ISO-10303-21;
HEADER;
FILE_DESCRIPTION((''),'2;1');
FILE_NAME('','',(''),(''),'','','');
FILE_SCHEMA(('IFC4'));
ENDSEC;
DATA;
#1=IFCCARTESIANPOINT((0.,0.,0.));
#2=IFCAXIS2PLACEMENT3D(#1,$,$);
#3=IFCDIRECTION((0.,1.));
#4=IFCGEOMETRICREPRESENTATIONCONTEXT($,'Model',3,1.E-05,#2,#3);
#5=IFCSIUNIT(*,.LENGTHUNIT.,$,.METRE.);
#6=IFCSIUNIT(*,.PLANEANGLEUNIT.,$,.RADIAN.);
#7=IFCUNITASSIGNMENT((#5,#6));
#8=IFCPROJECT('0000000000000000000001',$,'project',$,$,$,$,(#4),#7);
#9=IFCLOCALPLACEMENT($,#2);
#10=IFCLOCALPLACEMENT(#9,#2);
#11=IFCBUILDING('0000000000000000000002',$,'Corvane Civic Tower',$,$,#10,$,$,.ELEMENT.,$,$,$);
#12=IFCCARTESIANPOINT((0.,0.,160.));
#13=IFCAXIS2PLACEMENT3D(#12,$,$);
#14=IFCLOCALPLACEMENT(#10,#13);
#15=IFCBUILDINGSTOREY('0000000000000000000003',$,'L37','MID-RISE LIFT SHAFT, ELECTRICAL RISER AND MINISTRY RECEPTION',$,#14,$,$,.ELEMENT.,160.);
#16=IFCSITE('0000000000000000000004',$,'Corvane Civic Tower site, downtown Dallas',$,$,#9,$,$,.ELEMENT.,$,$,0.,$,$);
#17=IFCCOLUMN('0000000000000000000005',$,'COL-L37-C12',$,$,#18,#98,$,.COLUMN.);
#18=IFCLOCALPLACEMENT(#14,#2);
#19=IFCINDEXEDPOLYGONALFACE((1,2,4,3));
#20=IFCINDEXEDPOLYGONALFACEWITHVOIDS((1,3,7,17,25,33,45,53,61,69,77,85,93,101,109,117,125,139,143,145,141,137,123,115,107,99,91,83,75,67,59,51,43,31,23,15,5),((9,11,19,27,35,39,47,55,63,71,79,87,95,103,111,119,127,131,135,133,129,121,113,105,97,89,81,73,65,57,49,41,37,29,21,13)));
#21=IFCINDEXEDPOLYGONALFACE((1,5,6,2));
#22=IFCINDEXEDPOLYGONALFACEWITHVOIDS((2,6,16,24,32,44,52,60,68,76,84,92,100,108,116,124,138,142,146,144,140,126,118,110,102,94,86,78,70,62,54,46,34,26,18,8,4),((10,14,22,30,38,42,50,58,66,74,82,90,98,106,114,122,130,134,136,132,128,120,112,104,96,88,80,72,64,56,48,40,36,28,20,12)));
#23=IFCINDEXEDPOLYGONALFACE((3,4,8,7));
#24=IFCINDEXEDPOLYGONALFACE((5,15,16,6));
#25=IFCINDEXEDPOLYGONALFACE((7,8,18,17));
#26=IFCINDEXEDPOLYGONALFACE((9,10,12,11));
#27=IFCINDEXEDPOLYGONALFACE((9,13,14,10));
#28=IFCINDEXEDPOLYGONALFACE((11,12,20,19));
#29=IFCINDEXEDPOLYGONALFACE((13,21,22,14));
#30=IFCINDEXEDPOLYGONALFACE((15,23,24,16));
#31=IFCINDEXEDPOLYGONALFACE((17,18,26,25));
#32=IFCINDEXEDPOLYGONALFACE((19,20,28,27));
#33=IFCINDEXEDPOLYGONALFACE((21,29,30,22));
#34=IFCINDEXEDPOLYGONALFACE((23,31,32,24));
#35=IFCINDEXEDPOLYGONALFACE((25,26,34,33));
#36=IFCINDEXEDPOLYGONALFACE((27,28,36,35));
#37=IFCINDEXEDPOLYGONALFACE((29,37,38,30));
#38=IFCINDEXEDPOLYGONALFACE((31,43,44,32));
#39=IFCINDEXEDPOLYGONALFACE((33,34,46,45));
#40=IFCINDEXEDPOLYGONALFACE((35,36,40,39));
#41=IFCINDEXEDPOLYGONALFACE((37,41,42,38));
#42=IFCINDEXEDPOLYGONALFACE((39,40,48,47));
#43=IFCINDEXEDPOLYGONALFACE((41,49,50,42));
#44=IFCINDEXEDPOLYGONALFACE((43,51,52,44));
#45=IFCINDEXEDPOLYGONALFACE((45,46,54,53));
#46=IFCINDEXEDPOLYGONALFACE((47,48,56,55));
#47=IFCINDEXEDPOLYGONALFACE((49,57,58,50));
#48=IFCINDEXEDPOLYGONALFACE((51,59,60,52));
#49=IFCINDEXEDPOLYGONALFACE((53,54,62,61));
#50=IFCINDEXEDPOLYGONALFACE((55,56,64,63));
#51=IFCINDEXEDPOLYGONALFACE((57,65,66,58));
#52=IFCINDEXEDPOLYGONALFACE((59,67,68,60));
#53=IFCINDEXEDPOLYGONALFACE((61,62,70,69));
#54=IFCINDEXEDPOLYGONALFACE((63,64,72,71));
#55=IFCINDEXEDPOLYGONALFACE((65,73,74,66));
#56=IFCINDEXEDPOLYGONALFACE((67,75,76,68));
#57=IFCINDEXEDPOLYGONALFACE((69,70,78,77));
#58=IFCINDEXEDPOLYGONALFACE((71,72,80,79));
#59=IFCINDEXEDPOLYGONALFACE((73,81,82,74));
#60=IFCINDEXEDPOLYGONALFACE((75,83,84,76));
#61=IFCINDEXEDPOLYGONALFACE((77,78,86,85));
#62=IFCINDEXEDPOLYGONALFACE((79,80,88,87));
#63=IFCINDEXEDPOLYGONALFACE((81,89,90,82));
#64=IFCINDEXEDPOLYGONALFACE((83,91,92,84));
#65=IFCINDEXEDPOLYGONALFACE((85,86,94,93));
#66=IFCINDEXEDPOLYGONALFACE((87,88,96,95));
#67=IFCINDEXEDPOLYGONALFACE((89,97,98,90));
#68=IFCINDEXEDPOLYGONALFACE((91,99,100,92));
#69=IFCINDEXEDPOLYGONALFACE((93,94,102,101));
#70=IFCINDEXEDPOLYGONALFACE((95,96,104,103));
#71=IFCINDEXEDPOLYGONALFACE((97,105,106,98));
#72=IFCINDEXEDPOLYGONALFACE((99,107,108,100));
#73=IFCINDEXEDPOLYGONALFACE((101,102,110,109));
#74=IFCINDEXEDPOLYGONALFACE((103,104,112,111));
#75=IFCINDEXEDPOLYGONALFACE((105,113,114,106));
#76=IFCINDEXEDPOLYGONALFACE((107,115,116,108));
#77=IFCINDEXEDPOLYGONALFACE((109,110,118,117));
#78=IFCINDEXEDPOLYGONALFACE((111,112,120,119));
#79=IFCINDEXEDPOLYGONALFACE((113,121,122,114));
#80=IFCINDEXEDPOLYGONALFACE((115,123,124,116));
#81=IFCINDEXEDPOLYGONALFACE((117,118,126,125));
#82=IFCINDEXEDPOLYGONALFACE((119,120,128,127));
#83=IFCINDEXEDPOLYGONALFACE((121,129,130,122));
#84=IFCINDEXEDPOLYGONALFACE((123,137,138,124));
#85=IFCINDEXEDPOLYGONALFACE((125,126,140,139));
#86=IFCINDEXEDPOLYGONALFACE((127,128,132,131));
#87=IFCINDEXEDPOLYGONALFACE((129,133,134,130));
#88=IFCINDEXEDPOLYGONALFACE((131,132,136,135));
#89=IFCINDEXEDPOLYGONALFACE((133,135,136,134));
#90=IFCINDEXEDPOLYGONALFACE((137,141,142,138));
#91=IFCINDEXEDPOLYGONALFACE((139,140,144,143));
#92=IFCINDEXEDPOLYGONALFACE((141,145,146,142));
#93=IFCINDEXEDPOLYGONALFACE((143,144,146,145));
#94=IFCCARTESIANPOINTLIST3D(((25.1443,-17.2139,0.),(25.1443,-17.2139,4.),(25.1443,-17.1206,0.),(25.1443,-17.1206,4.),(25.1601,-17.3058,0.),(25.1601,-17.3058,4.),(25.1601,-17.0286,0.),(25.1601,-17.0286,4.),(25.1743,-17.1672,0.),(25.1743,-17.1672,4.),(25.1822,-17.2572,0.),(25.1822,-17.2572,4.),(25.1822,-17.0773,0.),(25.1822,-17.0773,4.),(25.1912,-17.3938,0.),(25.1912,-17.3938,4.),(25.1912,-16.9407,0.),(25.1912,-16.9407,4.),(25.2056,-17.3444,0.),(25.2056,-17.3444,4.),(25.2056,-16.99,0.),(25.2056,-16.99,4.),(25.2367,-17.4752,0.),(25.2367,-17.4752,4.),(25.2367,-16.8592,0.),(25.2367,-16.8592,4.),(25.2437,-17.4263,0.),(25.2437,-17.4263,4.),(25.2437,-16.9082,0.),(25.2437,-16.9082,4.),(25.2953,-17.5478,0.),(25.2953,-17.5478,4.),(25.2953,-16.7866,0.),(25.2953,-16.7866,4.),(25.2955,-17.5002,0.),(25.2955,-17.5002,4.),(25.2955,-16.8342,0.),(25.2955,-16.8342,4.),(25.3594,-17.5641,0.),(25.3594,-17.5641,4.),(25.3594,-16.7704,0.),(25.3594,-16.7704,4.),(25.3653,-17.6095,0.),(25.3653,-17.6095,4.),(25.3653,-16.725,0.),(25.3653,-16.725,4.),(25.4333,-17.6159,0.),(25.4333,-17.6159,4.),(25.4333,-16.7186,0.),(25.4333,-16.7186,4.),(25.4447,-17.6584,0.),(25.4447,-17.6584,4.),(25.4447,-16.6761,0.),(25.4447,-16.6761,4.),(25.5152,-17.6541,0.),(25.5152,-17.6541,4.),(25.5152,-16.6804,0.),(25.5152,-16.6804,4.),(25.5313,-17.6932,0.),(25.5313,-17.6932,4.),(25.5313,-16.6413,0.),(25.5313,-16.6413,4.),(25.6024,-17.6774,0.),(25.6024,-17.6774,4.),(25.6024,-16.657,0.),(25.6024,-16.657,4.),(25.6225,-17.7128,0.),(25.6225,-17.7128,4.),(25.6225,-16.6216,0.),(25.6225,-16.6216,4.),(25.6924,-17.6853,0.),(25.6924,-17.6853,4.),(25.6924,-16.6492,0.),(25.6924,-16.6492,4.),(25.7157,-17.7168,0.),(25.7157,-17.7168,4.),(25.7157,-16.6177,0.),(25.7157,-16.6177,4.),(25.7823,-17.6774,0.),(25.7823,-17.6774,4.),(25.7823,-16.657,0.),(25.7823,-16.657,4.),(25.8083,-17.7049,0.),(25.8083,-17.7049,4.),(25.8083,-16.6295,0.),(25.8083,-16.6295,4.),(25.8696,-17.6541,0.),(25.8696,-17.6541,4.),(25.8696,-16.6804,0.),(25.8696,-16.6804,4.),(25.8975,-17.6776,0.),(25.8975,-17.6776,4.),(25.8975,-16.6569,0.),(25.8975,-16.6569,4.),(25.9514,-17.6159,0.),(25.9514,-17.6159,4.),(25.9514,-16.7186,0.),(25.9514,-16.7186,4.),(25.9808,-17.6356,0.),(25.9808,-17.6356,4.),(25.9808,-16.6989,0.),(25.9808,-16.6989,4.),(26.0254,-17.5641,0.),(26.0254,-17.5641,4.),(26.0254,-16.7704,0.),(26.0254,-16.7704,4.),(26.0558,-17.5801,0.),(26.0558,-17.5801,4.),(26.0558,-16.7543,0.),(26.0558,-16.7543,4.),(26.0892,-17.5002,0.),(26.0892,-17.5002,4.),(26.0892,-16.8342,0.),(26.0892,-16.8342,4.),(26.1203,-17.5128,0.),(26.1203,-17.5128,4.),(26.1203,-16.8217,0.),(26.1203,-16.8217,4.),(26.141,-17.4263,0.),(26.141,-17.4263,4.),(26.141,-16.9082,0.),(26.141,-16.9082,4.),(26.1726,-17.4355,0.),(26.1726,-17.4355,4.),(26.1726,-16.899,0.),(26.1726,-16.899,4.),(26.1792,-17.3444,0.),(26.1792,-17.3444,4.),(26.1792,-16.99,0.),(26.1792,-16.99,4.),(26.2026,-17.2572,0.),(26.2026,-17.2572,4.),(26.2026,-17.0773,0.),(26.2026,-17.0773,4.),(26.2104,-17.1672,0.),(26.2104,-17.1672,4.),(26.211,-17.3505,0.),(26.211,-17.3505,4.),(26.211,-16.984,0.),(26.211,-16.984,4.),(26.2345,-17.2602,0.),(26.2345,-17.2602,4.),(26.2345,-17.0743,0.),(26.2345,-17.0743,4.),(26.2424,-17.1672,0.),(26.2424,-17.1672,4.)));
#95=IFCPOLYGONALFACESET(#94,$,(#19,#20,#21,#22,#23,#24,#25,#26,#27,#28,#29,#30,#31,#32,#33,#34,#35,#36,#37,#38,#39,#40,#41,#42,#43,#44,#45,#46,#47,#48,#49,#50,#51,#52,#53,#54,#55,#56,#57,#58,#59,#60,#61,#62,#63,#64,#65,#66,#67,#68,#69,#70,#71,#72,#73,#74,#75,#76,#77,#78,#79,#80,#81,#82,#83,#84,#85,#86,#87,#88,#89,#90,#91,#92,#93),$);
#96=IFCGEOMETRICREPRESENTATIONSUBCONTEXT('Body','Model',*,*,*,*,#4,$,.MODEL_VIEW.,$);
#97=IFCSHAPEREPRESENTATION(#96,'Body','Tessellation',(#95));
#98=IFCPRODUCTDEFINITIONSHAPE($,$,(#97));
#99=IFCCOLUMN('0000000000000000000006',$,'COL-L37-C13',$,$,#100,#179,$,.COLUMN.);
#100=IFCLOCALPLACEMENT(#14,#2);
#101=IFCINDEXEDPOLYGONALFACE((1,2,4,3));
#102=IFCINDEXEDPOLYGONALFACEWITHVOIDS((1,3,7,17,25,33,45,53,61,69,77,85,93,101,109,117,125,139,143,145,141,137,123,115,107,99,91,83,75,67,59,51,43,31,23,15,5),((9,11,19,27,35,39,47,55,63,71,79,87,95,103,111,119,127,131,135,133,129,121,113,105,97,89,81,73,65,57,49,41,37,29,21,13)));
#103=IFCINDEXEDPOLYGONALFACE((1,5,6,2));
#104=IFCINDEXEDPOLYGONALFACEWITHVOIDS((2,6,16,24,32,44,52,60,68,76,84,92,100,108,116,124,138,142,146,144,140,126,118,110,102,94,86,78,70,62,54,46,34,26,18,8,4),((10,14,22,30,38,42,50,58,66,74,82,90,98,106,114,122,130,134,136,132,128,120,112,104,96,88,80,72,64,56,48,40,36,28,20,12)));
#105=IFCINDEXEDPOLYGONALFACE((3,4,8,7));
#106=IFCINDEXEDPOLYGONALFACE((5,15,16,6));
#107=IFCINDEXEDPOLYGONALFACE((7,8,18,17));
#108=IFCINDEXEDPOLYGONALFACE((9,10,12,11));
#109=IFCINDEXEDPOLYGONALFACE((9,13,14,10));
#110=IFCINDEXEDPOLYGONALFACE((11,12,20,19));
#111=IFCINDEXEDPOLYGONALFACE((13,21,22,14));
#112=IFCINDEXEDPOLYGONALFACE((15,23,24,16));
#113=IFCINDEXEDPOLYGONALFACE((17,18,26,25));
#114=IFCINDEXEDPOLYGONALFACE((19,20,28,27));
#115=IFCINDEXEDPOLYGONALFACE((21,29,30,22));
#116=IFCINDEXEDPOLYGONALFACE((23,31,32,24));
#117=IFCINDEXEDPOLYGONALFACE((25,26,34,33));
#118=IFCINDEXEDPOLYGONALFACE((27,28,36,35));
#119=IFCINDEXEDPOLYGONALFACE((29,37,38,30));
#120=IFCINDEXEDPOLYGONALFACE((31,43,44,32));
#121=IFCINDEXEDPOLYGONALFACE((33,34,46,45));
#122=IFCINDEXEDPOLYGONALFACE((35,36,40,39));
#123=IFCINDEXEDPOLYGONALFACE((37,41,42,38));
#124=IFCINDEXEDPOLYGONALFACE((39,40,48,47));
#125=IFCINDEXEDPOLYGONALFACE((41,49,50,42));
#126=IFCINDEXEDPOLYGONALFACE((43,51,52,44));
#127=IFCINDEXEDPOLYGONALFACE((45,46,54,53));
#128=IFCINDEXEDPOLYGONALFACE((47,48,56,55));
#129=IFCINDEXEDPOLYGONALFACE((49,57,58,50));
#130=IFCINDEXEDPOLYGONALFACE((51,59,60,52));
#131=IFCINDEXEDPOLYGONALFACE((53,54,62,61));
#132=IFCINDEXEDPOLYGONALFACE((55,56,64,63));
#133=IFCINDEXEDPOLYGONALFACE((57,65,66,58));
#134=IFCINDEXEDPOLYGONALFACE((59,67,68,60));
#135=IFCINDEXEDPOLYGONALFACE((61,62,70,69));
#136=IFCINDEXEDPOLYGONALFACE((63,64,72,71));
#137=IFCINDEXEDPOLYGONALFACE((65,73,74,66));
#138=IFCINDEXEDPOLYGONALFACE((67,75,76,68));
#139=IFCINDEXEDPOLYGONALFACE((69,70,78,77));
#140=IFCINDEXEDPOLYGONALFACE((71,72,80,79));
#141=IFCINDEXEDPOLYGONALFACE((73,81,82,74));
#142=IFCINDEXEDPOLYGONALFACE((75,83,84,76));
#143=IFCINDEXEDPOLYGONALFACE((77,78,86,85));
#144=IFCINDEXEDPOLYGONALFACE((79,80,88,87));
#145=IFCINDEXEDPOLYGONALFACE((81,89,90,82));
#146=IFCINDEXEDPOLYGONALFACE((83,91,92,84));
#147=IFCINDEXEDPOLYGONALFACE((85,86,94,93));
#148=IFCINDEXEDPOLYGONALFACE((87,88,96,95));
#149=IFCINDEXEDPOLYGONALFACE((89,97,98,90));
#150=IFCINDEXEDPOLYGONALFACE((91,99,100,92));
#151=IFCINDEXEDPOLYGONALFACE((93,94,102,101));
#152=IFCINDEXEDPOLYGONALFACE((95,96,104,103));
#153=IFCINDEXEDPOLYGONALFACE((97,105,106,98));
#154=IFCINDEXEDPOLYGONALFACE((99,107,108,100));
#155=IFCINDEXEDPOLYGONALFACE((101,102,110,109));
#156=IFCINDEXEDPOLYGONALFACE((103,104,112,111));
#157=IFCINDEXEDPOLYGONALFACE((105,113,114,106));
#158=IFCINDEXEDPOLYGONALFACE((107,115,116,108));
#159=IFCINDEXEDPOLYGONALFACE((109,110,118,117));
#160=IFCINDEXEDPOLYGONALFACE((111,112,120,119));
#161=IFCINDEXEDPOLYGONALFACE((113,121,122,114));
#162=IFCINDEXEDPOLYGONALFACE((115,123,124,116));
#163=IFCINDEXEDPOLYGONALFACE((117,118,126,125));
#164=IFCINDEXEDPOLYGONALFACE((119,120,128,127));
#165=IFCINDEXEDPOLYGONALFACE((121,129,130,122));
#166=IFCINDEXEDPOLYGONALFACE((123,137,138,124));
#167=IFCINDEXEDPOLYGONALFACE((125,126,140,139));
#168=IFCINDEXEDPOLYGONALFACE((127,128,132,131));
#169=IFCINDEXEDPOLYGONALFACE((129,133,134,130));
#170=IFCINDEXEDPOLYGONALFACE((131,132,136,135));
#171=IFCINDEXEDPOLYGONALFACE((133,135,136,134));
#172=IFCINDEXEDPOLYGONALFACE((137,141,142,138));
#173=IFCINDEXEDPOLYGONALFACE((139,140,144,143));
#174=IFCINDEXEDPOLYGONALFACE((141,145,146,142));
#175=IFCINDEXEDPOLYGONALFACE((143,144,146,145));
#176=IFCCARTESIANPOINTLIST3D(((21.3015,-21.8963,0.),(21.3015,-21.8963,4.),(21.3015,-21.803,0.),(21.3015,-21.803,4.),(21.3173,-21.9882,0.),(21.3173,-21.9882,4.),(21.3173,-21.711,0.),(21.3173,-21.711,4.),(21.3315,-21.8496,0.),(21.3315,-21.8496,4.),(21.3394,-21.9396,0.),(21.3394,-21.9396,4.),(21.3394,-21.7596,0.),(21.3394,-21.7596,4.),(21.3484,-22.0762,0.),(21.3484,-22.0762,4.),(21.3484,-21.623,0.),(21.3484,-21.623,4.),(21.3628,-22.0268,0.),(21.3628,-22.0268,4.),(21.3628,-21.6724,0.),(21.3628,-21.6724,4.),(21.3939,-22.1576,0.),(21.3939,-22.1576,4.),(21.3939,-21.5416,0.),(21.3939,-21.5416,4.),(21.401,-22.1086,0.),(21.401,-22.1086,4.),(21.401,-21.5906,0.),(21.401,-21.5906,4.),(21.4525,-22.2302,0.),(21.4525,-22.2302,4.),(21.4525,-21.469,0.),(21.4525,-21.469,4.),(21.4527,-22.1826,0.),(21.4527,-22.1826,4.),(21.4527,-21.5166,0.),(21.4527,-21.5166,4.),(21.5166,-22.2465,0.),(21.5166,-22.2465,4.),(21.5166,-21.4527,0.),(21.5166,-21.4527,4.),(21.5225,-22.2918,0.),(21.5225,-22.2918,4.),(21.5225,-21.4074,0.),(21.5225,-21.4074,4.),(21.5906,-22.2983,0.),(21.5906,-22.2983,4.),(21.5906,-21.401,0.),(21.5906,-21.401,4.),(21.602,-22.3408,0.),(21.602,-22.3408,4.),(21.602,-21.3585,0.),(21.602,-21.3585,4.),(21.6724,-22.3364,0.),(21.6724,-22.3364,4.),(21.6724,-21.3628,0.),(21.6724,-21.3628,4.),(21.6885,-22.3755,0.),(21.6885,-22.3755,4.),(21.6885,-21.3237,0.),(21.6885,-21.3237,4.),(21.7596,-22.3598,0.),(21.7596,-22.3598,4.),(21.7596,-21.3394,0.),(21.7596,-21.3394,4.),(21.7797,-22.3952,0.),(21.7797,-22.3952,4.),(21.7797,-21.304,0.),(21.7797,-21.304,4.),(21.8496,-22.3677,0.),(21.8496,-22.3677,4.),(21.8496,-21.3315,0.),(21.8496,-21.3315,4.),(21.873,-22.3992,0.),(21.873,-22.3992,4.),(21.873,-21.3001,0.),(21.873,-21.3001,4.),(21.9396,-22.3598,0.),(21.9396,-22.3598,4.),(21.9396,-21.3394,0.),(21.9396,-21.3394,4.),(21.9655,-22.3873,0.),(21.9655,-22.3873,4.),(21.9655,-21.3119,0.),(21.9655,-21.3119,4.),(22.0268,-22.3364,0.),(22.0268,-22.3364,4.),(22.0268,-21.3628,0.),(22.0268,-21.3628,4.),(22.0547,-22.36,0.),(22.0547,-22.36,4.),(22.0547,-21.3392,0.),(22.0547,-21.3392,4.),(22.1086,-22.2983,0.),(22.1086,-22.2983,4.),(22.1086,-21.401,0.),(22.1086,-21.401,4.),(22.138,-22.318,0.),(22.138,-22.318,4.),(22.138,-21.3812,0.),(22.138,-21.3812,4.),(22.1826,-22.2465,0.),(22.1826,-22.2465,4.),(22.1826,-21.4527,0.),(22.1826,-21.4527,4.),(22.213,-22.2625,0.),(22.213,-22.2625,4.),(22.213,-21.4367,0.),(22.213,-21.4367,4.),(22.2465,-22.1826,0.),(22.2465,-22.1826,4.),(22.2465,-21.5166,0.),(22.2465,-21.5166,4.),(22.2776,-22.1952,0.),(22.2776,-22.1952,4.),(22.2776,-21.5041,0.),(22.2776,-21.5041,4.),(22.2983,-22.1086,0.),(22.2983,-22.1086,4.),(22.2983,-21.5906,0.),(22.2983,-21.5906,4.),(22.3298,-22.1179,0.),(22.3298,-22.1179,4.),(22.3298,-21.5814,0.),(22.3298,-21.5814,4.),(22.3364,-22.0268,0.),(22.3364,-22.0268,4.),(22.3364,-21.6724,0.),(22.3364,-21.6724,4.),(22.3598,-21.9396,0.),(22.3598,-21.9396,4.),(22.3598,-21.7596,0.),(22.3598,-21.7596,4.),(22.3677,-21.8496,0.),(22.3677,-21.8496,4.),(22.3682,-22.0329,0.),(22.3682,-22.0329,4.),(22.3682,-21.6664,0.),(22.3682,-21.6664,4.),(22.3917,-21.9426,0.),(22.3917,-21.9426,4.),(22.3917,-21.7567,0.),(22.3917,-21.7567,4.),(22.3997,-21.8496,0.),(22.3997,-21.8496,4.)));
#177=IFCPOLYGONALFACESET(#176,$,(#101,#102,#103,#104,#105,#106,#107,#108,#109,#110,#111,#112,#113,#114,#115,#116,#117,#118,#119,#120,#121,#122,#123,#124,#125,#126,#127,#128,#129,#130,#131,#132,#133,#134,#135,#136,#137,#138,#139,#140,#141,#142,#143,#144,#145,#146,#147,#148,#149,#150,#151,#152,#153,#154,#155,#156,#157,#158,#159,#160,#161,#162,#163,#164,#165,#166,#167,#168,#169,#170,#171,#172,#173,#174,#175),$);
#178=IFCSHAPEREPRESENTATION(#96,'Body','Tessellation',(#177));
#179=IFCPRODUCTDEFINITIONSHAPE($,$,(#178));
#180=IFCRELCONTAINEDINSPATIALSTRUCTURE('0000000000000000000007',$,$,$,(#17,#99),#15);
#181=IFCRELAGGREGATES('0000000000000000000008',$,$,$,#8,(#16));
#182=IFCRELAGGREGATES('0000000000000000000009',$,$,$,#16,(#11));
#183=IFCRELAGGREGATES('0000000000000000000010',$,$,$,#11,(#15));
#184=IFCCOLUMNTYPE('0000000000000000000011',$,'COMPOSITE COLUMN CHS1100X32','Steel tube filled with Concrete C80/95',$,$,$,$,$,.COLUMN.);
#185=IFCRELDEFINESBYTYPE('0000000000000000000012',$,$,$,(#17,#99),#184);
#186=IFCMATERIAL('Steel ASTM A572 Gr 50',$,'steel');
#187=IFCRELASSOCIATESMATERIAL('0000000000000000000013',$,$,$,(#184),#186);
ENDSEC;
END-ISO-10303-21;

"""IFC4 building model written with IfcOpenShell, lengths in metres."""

from ifc_helpers import new_model, si_unit, direction, frame, origin, origin_2d, place, context, subcontext, project, spatial, hollow_circle, extrude, material, material_profile, profile_set, type_object, element, save


model = new_model("IFC4")

# Units and contexts
model_context = context("Model", 3, precision=1e-05, world=origin(), true_north=direction((0.0, 1.0)))
body_context = subcontext(model_context, "Body", "Model", "MODEL_VIEW")
ifc_project = project(units=[si_unit("LENGTHUNIT", "METRE"), si_unit("PLANEANGLEUNIT", "RADIAN")], contexts=[model_context])

# Site, building, storey
site_placement = place(None, origin())
site = spatial("IfcSite", under=ifc_project, at=site_placement, Name="Corvane Civic Tower site, downtown Dallas", CompositionType="ELEMENT", RefElevation=0.0)
building_placement = place(site_placement, origin())
building = spatial("IfcBuilding", under=site, at=building_placement, Name="Corvane Civic Tower", CompositionType="ELEMENT")
storey_placement = place(building_placement, frame((0.0, 0.0, 160.0)))
storey = spatial("IfcBuildingStorey", under=building, at=storey_placement, Name="L37", Description="MID-RISE LIFT SHAFT, ELECTRICAL RISER AND MINISTRY RECEPTION", CompositionType="ELEMENT", Elevation=160.0)

# Columns
ifc_material_1 = material(Name="Steel ASTM A572 Gr 50", Category="steel")
ifc_material_profile_1 = material_profile(ifc_material_1, hollow_circle(Radius=0.55, WallThickness=0.032, at=origin_2d()), Name="CHS1100X32")
ifc_profile_set_1 = profile_set([ifc_material_profile_1], Name="Steel ASTM A572 Gr 50")
column_type = type_object("IfcColumnType", Name="COMPOSITE COLUMN CHS1100X32", Description="Steel tube filled with Concrete C80/95", PredefinedType="COLUMN", material=ifc_profile_set_1)
for number, where, z_axis, x_axis, name in (
    (1, (25.6924, -17.1672, 0.0), (0.0, 0.0, 1.0), (1.0, 0.0, 0.0), "COL-L37-C12"),
    (2, (21.8496, -21.8496, 0.0), (0.0, 0.0, 1.0), (1.0, 0.0, 0.0), "COL-L37-C13"),
):
    element("IfcColumn", number, at=place(storey_placement, frame(where, z_axis=z_axis, x_axis=x_axis)), inside=storey, type_object=column_type, Name=name, PredefinedType="COLUMN", context=body_context, shape_type="SweptSolid", body=[
        extrude(hollow_circle(Radius=0.55, WallThickness=0.032, at=origin_2d()), origin(), (0.0, 0.0, 1.0), 4.0),
    ])

save(model, "model.ifc")
